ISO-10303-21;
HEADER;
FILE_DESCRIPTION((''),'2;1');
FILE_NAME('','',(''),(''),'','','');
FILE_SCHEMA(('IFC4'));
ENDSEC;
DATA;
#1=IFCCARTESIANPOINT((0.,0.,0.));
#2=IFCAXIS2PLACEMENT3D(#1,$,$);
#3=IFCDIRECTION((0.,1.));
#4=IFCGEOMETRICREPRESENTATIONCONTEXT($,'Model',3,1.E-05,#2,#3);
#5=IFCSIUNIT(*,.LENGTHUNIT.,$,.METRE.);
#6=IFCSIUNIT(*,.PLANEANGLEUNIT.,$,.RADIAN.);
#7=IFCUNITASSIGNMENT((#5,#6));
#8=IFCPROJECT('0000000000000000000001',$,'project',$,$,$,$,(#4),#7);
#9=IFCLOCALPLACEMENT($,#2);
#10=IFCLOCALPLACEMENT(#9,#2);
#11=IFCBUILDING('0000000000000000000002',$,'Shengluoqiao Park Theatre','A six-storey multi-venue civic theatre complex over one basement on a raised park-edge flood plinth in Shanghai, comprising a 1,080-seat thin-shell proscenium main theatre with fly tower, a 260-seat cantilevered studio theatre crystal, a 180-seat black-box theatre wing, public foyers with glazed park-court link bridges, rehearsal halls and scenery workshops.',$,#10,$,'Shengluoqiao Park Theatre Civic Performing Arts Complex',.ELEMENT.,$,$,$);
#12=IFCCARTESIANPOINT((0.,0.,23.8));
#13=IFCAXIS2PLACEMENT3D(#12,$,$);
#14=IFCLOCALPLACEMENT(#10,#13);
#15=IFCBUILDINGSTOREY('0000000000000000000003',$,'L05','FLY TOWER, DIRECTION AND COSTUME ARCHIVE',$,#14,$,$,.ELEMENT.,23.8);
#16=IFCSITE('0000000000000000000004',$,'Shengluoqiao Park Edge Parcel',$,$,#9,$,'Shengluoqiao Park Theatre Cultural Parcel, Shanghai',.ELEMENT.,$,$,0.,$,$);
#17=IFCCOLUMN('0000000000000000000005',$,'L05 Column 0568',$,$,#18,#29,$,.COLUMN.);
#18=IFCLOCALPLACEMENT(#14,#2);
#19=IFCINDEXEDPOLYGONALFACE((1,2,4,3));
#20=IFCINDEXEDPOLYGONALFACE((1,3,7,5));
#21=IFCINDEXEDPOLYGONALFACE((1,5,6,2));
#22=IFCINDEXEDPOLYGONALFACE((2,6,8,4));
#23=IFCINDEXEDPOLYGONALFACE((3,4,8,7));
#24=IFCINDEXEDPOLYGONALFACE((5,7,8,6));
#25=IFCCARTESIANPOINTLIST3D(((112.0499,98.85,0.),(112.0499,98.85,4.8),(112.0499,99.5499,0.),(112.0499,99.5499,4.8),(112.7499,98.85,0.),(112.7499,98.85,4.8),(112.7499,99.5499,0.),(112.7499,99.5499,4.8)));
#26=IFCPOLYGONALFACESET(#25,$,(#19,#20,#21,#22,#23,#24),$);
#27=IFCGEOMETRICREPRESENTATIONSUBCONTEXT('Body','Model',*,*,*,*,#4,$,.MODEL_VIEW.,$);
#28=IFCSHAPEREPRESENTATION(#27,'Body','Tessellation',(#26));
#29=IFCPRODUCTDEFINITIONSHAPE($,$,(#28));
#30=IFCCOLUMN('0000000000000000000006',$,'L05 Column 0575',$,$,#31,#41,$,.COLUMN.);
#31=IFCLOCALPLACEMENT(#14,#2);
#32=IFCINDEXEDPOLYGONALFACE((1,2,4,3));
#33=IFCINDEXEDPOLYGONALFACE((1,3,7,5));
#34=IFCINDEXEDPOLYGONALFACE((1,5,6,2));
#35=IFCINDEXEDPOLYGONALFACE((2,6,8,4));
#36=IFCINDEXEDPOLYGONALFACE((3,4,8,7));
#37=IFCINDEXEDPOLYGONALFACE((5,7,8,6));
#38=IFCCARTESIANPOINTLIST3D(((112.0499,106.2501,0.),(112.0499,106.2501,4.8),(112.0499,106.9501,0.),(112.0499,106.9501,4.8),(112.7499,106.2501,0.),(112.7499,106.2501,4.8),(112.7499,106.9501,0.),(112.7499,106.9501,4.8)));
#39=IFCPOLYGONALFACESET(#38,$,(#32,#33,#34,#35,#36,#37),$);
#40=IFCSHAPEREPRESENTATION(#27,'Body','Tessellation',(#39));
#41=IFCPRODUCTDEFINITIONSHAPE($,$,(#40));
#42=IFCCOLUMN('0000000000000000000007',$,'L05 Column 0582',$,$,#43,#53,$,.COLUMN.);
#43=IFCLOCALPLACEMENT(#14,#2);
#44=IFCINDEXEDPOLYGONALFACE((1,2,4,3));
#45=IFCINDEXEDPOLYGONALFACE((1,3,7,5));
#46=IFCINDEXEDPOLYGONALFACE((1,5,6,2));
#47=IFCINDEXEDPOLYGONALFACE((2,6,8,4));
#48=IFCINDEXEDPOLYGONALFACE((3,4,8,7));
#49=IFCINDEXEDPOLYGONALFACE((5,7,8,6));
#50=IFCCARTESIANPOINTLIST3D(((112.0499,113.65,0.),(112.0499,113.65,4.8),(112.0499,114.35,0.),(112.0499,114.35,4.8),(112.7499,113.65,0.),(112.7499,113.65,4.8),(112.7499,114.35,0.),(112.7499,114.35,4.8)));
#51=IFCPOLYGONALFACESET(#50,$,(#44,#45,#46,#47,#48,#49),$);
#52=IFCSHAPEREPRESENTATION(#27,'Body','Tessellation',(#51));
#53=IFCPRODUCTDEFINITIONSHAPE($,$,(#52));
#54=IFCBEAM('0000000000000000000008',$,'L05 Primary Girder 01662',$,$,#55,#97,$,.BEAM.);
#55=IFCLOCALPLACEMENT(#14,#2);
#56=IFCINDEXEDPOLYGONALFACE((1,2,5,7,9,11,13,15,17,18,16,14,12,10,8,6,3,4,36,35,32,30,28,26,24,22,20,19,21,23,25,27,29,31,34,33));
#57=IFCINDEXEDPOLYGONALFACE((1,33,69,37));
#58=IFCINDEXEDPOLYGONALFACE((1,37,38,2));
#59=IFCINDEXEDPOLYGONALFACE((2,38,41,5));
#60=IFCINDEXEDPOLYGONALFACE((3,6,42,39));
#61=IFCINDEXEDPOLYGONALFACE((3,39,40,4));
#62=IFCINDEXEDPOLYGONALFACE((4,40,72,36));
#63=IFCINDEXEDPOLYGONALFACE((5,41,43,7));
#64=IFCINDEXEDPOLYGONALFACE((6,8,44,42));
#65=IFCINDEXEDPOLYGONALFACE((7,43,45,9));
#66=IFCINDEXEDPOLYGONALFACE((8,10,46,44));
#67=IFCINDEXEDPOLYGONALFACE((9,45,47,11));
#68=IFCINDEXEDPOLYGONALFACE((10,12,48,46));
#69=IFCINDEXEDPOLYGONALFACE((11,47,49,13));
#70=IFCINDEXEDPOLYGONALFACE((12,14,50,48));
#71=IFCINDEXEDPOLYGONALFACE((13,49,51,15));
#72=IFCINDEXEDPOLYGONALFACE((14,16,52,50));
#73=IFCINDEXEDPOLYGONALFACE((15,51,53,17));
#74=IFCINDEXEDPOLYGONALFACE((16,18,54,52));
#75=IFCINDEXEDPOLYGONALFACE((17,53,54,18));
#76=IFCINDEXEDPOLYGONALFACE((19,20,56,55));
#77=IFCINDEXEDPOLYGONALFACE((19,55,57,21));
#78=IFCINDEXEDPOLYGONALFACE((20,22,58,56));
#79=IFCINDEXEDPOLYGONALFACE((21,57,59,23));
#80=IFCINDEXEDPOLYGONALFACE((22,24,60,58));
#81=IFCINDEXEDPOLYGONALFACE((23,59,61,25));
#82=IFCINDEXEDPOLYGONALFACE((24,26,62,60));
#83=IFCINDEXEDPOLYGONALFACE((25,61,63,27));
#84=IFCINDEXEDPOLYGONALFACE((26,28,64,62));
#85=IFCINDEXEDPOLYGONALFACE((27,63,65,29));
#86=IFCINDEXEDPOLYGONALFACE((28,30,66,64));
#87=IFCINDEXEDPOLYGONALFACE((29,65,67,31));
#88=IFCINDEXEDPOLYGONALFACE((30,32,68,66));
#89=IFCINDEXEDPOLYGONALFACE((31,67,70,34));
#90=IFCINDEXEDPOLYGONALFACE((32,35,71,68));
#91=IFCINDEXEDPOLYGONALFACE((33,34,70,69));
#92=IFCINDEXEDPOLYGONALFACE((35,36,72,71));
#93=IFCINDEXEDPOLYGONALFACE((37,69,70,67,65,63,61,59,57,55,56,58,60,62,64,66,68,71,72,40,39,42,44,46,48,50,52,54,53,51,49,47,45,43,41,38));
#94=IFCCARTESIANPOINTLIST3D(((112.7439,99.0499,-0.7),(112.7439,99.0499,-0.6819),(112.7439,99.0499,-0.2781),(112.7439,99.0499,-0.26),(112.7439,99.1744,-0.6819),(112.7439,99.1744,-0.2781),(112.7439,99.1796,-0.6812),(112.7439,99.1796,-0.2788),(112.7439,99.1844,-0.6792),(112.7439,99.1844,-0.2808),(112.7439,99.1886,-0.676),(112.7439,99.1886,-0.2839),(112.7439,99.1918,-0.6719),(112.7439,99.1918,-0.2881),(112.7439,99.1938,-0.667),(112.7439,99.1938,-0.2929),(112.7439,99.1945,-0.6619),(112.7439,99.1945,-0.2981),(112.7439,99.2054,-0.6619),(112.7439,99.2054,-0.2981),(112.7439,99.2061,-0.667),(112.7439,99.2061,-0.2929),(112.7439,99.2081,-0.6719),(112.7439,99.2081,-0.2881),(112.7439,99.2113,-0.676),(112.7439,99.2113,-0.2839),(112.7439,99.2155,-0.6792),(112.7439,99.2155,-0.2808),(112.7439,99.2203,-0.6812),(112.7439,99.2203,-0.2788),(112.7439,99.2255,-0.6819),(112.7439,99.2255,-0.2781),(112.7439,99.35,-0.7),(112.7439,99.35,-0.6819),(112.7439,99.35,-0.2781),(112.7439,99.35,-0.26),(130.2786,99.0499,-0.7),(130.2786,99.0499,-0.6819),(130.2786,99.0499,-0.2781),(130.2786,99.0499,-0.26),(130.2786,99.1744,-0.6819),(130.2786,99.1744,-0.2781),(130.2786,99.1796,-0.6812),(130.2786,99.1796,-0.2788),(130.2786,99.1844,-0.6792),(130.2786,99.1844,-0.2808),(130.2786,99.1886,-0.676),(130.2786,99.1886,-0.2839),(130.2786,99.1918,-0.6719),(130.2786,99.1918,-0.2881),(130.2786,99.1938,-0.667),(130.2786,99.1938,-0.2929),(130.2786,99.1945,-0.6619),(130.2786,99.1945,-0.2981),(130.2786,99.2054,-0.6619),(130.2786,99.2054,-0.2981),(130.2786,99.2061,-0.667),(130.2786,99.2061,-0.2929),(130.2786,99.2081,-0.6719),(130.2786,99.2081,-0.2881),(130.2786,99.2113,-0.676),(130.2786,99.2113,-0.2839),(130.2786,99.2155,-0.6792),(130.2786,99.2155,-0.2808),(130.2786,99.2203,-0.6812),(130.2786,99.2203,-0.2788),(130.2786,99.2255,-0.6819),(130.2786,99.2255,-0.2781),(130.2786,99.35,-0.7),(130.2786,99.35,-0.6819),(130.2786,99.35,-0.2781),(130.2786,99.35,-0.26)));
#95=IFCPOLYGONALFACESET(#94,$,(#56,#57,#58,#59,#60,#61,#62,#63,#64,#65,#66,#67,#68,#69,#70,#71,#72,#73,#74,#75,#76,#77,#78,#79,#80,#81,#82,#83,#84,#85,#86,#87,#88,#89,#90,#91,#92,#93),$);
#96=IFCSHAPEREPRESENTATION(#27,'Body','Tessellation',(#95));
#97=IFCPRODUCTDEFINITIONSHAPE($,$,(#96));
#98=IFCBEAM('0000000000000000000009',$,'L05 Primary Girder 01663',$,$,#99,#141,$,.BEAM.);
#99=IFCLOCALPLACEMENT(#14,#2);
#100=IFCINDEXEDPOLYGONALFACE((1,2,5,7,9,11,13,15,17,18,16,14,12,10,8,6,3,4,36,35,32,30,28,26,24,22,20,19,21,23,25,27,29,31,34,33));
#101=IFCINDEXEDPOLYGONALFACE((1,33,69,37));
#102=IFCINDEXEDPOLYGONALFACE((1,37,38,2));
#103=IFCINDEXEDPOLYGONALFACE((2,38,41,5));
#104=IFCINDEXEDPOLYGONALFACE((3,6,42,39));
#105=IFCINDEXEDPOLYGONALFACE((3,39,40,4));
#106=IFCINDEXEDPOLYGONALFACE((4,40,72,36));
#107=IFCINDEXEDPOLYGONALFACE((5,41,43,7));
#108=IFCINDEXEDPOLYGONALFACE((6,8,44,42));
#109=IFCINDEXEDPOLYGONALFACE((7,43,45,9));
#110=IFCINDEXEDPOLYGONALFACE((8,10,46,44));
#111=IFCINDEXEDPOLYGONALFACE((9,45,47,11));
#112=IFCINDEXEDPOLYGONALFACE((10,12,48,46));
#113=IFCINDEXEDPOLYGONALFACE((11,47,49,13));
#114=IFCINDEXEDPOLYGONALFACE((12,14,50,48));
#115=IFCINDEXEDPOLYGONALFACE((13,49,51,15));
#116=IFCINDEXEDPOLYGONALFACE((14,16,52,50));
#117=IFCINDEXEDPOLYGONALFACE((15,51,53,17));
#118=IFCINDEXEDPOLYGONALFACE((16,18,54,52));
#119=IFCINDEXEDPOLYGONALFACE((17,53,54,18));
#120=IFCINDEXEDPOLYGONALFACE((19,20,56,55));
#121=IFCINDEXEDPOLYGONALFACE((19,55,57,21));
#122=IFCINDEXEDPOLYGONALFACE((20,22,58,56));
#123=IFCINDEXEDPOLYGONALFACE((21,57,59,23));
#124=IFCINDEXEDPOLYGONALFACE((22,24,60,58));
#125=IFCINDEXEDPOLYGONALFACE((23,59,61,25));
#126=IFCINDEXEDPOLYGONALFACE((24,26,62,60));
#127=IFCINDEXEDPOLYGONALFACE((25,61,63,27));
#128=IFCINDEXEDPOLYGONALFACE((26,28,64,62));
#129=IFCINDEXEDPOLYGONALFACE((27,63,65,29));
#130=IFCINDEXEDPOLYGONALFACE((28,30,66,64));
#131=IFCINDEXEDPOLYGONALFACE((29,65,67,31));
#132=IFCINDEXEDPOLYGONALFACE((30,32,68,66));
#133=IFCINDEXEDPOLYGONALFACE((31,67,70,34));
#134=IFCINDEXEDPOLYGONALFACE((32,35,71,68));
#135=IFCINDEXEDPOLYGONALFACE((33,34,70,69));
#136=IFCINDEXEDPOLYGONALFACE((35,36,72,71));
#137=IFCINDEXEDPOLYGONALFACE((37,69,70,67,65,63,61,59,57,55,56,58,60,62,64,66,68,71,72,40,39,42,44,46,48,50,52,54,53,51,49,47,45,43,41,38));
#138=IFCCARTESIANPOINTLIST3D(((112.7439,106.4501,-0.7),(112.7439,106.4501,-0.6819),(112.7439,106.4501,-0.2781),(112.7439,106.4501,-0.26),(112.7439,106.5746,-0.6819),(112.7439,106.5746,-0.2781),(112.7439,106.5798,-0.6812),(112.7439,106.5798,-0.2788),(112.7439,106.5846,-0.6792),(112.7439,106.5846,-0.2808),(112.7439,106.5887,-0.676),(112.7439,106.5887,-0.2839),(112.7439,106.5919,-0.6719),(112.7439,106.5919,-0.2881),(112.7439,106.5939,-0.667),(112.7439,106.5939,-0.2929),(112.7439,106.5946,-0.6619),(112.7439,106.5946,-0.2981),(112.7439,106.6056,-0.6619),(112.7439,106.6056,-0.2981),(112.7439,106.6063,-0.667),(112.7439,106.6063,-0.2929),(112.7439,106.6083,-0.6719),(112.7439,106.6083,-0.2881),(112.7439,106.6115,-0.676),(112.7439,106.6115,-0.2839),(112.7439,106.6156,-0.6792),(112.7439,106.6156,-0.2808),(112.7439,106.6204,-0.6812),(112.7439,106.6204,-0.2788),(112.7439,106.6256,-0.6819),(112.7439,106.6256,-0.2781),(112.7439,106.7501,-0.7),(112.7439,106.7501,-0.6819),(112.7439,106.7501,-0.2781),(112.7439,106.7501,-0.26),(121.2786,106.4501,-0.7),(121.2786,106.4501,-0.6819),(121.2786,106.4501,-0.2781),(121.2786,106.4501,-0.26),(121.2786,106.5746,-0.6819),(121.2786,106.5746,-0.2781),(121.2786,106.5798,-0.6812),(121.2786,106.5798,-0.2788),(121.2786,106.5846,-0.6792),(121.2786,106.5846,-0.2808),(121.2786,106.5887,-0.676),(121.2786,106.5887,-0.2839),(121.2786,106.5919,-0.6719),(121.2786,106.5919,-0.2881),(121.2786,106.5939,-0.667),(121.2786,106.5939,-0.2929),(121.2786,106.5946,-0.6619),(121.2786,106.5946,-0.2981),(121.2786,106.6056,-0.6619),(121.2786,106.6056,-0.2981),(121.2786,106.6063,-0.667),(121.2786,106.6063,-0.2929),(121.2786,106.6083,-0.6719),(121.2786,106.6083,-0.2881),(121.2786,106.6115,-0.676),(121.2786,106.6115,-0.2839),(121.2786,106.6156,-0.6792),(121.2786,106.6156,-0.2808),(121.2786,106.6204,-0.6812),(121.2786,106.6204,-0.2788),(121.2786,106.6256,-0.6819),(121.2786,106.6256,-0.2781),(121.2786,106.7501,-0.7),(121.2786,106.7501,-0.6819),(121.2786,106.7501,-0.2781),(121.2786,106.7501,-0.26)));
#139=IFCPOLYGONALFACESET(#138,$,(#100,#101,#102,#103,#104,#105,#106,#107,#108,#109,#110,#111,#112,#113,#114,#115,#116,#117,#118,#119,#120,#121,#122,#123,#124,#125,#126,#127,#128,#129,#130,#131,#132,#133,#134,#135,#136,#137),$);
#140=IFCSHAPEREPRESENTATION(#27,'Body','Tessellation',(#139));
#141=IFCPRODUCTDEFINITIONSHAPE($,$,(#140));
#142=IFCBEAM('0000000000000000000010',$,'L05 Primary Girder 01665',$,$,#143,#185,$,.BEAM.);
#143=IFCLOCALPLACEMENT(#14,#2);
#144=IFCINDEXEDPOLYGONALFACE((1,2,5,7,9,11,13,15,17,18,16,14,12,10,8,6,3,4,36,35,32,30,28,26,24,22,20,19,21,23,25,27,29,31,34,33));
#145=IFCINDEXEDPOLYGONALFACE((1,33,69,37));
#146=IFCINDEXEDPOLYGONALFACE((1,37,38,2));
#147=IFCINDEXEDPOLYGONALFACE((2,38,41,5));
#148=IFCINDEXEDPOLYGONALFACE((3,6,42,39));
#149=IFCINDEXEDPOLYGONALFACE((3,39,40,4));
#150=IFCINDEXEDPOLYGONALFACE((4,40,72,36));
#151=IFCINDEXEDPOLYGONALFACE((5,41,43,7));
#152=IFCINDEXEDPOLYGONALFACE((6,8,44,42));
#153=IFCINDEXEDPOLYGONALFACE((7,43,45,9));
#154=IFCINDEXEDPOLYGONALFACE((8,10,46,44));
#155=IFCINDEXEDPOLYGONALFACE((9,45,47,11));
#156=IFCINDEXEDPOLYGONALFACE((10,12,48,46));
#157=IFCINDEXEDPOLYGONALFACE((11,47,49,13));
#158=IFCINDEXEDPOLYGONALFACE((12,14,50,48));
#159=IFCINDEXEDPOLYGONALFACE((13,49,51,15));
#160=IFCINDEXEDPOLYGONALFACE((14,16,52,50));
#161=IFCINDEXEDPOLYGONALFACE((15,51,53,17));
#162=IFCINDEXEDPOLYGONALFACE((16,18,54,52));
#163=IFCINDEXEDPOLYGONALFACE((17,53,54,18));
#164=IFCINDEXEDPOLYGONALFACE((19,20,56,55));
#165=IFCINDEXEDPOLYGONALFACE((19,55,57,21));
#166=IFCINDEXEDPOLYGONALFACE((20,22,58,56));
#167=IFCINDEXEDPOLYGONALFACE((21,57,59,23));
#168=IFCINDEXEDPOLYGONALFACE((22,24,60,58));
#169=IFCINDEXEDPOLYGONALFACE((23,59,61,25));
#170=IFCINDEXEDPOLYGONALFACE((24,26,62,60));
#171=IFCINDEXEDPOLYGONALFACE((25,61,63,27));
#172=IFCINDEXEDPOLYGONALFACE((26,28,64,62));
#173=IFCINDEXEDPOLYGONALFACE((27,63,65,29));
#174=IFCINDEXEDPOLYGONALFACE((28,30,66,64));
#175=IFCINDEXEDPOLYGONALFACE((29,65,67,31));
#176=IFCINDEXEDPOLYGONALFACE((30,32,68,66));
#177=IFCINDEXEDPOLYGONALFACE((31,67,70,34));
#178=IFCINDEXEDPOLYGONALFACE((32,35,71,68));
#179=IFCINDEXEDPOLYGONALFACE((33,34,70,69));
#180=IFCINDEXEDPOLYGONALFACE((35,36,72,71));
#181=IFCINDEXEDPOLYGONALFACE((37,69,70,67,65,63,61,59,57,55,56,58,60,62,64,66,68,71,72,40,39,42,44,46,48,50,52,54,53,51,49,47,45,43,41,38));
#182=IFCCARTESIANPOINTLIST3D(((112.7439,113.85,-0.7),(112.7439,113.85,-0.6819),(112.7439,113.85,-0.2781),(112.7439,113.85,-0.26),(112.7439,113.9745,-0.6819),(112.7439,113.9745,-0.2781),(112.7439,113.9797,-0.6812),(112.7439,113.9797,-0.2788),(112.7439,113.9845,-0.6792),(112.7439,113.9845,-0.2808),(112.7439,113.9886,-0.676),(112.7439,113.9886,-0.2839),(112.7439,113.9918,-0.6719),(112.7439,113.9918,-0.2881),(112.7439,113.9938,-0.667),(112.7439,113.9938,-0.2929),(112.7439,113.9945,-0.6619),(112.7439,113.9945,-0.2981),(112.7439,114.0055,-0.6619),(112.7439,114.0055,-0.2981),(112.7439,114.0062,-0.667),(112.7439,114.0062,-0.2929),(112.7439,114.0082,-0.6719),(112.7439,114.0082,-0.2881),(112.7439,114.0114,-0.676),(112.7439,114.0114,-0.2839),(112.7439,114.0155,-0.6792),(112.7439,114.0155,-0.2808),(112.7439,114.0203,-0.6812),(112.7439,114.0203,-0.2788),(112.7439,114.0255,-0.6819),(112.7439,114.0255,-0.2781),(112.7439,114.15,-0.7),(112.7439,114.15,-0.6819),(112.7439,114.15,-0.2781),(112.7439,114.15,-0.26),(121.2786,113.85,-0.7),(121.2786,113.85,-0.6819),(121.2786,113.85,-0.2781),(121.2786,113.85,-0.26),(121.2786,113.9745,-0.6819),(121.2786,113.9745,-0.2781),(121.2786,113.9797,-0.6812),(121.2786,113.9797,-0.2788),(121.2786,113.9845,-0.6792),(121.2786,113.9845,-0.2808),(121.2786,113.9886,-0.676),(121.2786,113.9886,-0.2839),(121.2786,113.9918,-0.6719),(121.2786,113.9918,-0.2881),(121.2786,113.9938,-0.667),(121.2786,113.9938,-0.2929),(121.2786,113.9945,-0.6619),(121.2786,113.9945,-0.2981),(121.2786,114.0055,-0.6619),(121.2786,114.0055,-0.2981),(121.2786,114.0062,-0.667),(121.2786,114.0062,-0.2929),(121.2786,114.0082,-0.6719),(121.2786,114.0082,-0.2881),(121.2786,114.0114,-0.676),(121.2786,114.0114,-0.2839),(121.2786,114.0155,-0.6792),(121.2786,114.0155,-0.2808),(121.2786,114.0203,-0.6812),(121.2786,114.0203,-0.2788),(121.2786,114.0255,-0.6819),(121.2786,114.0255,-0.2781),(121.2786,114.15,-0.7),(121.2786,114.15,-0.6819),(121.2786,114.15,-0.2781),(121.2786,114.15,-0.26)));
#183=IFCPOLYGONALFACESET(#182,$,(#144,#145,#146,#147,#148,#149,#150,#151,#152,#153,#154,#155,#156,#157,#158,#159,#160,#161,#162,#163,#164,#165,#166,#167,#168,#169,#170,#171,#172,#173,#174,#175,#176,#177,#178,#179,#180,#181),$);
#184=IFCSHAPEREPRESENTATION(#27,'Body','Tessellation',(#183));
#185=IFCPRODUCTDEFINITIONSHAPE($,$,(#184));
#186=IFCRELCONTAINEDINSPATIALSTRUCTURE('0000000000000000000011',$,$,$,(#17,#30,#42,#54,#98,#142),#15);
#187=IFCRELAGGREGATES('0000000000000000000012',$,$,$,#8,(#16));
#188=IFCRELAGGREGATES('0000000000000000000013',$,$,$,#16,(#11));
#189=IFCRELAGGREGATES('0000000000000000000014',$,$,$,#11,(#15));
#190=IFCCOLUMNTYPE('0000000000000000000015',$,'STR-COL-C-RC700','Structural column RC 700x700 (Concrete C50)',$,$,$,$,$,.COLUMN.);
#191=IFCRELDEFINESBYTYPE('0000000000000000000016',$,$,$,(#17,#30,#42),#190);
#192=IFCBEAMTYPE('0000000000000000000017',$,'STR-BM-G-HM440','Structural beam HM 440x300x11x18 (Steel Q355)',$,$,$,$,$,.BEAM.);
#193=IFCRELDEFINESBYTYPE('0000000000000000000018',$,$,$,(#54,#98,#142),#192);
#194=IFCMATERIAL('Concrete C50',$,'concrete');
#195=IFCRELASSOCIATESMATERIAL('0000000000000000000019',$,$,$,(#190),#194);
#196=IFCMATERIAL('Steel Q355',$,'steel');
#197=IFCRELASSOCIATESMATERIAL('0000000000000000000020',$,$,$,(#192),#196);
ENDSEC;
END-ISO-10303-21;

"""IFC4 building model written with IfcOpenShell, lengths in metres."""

from ifc_helpers import new_model, si_unit, direction, frame, origin, origin_2d, place, context, subcontext, project, spatial, rectangle, i_section, extrude, material, material_profile, profile_set, type_object, element, save


model = new_model("IFC4")

# Units and contexts
model_context = context("Model", 3, precision=1e-05, world=origin(), true_north=direction((0.0, 1.0)))
body_context = subcontext(model_context, "Body", "Model", "MODEL_VIEW")
ifc_project = project(units=[si_unit("LENGTHUNIT", "METRE"), si_unit("PLANEANGLEUNIT", "RADIAN")], contexts=[model_context])

# Site, building, storey
site_placement = place(None, origin())
site = spatial("IfcSite", under=ifc_project, at=site_placement, Name="Shengluoqiao Park Edge Parcel", LongName="Shengluoqiao Park Theatre Cultural Parcel, Shanghai", CompositionType="ELEMENT", RefElevation=0.0)
building_placement = place(site_placement, origin())
building = spatial("IfcBuilding", under=site, at=building_placement, Name="Shengluoqiao Park Theatre", Description="A six-storey multi-venue civic theatre complex over one basement on a raised park-edge flood plinth in Shanghai, comprising a 1,080-seat thin-shell proscenium main theatre with fly tower, a 260-seat cantilevered studio theatre crystal, a 180-seat black-box theatre wing, public foyers with glazed park-court link bridges, rehearsal halls and scenery workshops.", LongName="Shengluoqiao Park Theatre Civic Performing Arts Complex", CompositionType="ELEMENT")
storey_placement = place(building_placement, frame((0.0, 0.0, 23.8)))
storey = spatial("IfcBuildingStorey", under=building, at=storey_placement, Name="L05", Description="FLY TOWER, DIRECTION AND COSTUME ARCHIVE", CompositionType="ELEMENT", Elevation=23.8)

# Columns
ifc_material_1 = material(Name="Concrete C50", Category="concrete")
ifc_material_profile_1 = material_profile(ifc_material_1, rectangle(XDim=0.7, YDim=0.7, at=origin_2d()), Name="RC 700x700")
ifc_profile_set_1 = profile_set([ifc_material_profile_1], Name="Concrete C50")
column_type = type_object("IfcColumnType", Name="STR-COL-C-RC700", Description="Structural column RC 700x700 (Concrete C50)", PredefinedType="COLUMN", material=ifc_profile_set_1)
for number, where, z_axis, x_axis, name in (
    (1, (112.3999, 99.2, 0.0), (0.0, 0.0, 1.0), (1.0, 0.0, 0.0), "L05 Column 0568"),
    (2, (112.3999, 106.6001, 0.0), (0.0, 0.0, 1.0), (1.0, 0.0, 0.0), "L05 Column 0575"),
    (3, (112.3999, 114.0, 0.0), (0.0, 0.0, 1.0), (1.0, 0.0, 0.0), "L05 Column 0582"),
):
    element("IfcColumn", number, at=place(storey_placement, frame(where, z_axis=z_axis, x_axis=x_axis)), inside=storey, type_object=column_type, Name=name, PredefinedType="COLUMN", context=body_context, shape_type="SweptSolid", body=[
        extrude(rectangle(XDim=0.7, YDim=0.7, at=origin_2d()), origin(), (0.0, 0.0, 1.0), 4.8),
    ])

# Beams
ifc_material_2 = material(Name="Steel Q355", Category="steel")
ifc_material_profile_2 = material_profile(ifc_material_2, i_section(OverallWidth=0.3, OverallDepth=0.4399, WebThickness=0.011, FlangeThickness=0.0181, FilletRadius=0.02, at=origin_2d()), Name="HM 440x300x11x18")
ifc_profile_set_2 = profile_set([ifc_material_profile_2], Name="Steel Q355")
beam_type_1 = type_object("IfcBeamType", Name="STR-BM-G-HM440", Description="Structural beam HM 440x300x11x18 (Steel Q355)", PredefinedType="BEAM", material=ifc_profile_set_2)
beam_1_placement = place(storey_placement, frame((112.7439, 99.2, -0.48), z_axis=(1.0, 0.0, 0.0), x_axis=(0.0, 1.0, 0.0)))
element("IfcBeam", 4, at=beam_1_placement, inside=storey, type_object=beam_type_1, Name="L05 Primary Girder 01662", PredefinedType="BEAM", context=body_context, shape_type="SweptSolid", body=[
    extrude(i_section(OverallWidth=0.3, OverallDepth=0.4399, WebThickness=0.011, FlangeThickness=0.0181, FilletRadius=0.02, at=origin_2d()), origin(), (0.0, 0.0, 1.0), 17.5347),
])
for number, where, z_axis, x_axis, name in (
    (5, (112.7439, 106.6001, -0.48), (1.0, 0.0, 0.0), (0.0, 1.0, 0.0), "L05 Primary Girder 01663"),
    (6, (112.7439, 114.0, -0.48), (1.0, 0.0, 0.0), (0.0, 1.0, 0.0), "L05 Primary Girder 01665"),
):
    element("IfcBeam", number, at=place(storey_placement, frame(where, z_axis=z_axis, x_axis=x_axis)), inside=storey, type_object=beam_type_1, Name=name, PredefinedType="BEAM", context=body_context, shape_type="SweptSolid", body=[
        extrude(i_section(OverallWidth=0.3, OverallDepth=0.4399, WebThickness=0.011, FlangeThickness=0.0181, FilletRadius=0.02, at=origin_2d()), origin(), (0.0, 0.0, 1.0), 8.5347),
    ])

save(model, "model.ifc")
